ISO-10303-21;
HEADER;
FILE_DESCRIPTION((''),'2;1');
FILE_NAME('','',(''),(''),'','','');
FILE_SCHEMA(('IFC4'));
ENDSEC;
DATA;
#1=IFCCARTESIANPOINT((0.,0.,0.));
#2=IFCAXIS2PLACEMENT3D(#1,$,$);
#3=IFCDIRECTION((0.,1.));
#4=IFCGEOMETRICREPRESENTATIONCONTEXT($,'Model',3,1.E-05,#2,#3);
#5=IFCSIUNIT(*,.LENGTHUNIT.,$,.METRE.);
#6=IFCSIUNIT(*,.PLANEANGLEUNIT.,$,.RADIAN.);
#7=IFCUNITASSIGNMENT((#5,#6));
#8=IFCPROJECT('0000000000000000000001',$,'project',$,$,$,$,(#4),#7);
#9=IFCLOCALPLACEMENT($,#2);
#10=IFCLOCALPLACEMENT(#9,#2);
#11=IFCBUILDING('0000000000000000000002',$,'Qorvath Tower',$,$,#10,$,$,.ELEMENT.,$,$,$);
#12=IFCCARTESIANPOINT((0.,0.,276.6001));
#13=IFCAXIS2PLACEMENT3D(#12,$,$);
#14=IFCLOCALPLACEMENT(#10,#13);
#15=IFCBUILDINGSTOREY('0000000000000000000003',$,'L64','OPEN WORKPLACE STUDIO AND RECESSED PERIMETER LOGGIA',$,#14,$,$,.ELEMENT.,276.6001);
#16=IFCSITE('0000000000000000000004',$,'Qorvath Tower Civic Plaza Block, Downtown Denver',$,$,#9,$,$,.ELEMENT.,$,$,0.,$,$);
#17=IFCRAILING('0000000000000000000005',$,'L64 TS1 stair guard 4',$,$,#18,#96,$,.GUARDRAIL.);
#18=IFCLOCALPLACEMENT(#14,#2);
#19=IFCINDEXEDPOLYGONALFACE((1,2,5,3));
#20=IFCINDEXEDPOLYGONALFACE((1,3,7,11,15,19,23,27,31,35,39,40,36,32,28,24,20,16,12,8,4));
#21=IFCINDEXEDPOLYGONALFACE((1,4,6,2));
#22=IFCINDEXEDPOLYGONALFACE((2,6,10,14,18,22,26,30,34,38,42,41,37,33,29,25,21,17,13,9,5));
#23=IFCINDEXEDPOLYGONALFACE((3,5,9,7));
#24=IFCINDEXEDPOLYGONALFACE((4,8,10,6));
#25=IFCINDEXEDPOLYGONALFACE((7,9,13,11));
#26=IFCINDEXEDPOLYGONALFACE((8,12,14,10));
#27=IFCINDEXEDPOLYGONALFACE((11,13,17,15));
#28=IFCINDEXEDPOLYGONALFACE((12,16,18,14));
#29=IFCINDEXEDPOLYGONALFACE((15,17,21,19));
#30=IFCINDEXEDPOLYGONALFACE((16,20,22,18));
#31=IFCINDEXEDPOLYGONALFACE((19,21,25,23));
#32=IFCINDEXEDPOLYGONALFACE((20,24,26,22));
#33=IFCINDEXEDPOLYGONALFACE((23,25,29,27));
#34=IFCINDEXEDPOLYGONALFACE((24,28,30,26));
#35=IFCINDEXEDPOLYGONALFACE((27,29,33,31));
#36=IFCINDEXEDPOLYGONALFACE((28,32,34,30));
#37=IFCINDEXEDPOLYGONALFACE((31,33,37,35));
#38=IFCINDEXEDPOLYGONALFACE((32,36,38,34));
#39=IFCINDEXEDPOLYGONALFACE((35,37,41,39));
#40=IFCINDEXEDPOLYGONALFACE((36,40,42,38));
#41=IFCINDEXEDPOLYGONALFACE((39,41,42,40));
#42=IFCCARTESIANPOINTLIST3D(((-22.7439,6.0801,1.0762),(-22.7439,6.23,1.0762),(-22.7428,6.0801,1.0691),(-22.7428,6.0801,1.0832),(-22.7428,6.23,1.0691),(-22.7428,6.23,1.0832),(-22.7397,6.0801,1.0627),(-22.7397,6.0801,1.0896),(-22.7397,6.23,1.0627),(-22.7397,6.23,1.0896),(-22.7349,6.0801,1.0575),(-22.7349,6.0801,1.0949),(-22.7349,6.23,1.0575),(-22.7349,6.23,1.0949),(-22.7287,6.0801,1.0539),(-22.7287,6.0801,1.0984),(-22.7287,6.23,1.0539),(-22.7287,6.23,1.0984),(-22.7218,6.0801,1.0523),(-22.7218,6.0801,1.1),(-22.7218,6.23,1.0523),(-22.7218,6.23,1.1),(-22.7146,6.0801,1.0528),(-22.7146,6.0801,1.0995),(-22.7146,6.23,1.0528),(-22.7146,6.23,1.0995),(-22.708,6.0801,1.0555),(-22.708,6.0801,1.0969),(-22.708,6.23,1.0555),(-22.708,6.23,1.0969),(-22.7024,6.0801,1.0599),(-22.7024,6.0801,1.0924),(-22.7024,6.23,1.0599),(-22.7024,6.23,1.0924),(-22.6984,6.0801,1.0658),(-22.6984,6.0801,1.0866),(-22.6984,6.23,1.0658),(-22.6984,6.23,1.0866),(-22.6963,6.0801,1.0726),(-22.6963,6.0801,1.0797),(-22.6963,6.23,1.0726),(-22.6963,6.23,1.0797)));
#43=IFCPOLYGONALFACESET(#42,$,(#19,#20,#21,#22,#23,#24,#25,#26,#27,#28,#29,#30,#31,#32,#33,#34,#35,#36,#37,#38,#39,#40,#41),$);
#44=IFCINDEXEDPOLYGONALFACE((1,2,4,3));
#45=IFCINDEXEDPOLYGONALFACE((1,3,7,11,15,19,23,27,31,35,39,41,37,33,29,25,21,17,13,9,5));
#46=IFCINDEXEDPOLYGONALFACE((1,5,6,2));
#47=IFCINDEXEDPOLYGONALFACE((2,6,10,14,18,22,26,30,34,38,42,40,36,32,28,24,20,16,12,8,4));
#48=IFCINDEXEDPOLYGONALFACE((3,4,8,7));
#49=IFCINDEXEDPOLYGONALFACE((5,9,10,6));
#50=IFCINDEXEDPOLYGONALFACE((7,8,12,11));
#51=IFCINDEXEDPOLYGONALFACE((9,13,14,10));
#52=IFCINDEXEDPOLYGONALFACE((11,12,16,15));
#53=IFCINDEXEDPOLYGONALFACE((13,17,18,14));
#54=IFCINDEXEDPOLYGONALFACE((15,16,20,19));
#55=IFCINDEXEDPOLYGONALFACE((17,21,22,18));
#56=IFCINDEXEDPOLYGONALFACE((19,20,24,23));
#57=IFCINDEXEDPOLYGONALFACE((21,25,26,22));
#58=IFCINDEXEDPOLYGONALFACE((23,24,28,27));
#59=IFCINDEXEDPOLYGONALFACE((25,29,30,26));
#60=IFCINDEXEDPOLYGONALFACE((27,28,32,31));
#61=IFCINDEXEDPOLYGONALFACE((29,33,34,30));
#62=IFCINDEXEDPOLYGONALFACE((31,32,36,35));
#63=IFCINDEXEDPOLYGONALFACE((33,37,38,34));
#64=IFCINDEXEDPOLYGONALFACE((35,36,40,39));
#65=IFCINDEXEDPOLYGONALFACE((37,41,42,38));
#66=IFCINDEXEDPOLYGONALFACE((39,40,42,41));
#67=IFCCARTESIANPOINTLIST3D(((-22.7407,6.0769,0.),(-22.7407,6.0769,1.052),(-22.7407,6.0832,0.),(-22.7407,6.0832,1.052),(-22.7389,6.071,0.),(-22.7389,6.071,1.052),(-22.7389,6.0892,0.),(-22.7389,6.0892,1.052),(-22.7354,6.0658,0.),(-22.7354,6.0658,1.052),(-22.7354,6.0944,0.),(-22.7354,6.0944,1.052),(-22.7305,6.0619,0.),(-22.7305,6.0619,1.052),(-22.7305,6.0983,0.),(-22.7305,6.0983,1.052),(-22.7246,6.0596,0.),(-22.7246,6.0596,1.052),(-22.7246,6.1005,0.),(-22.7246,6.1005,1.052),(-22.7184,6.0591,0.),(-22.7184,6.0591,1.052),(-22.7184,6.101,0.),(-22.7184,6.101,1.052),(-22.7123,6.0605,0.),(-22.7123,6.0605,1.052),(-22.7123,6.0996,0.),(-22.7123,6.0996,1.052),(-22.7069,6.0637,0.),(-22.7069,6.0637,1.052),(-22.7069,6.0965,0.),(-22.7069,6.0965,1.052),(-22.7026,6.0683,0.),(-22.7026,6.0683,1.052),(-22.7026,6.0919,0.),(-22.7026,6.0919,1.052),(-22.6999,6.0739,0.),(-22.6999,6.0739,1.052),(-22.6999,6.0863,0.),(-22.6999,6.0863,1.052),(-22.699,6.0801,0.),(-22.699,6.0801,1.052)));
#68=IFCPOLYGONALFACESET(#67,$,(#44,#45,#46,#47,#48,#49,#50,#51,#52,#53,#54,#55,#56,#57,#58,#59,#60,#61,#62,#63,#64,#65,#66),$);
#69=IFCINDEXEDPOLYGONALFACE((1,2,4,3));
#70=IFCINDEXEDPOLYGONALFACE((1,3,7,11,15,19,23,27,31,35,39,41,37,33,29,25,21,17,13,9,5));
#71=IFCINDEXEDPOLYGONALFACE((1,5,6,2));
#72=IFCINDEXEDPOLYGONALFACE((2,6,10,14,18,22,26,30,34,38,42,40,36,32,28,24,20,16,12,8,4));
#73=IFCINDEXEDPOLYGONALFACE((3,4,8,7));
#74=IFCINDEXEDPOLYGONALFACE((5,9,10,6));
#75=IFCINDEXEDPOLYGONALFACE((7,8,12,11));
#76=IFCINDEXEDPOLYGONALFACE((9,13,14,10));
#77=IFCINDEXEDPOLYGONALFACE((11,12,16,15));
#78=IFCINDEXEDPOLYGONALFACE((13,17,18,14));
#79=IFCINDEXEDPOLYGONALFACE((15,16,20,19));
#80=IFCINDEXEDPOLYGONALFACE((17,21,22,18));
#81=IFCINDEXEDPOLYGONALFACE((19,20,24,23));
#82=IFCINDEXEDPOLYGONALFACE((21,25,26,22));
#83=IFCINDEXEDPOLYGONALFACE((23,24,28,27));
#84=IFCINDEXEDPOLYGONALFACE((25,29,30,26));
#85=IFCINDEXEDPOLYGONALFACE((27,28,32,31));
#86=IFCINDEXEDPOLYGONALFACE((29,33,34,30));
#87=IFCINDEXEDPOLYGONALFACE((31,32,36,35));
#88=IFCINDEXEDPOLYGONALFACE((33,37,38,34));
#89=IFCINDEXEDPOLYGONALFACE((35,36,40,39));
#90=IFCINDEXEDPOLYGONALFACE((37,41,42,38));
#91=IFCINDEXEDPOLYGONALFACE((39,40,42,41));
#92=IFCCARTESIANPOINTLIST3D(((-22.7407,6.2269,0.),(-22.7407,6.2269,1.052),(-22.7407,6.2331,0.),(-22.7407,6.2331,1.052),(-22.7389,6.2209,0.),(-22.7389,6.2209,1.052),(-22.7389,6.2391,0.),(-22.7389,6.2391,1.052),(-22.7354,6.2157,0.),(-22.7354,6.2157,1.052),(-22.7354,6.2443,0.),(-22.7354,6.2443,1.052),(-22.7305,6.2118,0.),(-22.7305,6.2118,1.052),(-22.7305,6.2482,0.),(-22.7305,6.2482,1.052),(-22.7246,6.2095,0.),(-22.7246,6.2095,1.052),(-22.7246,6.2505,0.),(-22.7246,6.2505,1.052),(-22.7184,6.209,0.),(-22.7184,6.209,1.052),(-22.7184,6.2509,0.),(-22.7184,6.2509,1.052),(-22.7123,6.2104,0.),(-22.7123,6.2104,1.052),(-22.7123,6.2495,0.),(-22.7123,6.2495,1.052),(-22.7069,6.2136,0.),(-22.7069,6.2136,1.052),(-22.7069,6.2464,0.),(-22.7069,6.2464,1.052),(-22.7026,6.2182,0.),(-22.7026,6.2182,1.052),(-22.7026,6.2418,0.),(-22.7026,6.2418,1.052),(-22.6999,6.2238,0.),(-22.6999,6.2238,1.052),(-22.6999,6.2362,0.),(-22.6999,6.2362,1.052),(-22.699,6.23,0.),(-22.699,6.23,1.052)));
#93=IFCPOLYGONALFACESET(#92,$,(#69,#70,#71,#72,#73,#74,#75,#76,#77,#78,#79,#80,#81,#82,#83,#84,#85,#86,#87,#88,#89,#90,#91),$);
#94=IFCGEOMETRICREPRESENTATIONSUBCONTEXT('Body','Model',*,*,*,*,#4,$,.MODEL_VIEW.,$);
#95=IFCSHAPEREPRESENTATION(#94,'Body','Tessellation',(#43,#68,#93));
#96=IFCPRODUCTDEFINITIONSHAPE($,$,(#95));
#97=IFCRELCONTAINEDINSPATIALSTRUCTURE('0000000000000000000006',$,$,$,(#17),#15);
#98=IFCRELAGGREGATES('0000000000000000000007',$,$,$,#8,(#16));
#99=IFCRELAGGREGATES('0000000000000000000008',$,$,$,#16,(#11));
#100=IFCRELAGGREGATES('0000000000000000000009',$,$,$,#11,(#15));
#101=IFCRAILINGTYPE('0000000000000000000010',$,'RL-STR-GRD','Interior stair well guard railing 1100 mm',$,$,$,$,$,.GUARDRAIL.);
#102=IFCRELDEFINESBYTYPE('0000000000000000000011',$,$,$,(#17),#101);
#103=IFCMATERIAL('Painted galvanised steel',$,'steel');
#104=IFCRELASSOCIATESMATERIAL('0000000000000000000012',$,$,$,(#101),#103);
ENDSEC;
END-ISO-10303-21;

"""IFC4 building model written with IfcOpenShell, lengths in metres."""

from ifc_helpers import new_model, si_unit, direction, frame, origin, origin_2d, place, context, subcontext, project, spatial, circle, extrude, material, type_object, element, save


model = new_model("IFC4")

# Units and contexts
model_context = context("Model", 3, precision=1e-05, world=origin(), true_north=direction((0.0, 1.0)))
body_context = subcontext(model_context, "Body", "Model", "MODEL_VIEW")
ifc_project = project(units=[si_unit("LENGTHUNIT", "METRE"), si_unit("PLANEANGLEUNIT", "RADIAN")], contexts=[model_context])

# Site, building, storey
site_placement = place(None, origin())
site = spatial("IfcSite", under=ifc_project, at=site_placement, Name="Qorvath Tower Civic Plaza Block, Downtown Denver", CompositionType="ELEMENT", RefElevation=0.0)
building_placement = place(site_placement, origin())
building = spatial("IfcBuilding", under=site, at=building_placement, Name="Qorvath Tower", CompositionType="ELEMENT")
storey_placement = place(building_placement, frame((0.0, 0.0, 276.6001)))
storey = spatial("IfcBuildingStorey", under=building, at=storey_placement, Name="L64", Description="OPEN WORKPLACE STUDIO AND RECESSED PERIMETER LOGGIA", CompositionType="ELEMENT", Elevation=276.6001)

# Railing
ifc_material_1 = material(Name="Painted galvanised steel", Category="steel")
railing_type_1 = type_object("IfcRailingType", Name="RL-STR-GRD", Description="Interior stair well guard railing 1100 mm", PredefinedType="GUARDRAIL", material=ifc_material_1)
railing_1_placement = place(storey_placement, frame((-22.72, 6.0801, 0.0)))
element("IfcRailing", 1, at=railing_1_placement, inside=storey, type_object=railing_type_1, Name="L64 TS1 stair guard 4", PredefinedType="GUARDRAIL", context=body_context, shape_type="SweptSolid", body=[
    extrude(circle(Radius=0.0239, at=origin_2d()), frame((0.0, 0.0, 1.0762), z_axis=(0.0, 1.0, 0.0), x_axis=(-1.0, 0.0, 0.0)), (0.0, 0.0, 1.0), 0.1499),
    extrude(circle(Radius=0.021, at=origin_2d()), origin(), (0.0, 0.0, 1.0), 1.052),
    extrude(circle(Radius=0.021, at=origin_2d()), frame((0.0, 0.1499, 0.0)), (0.0, 0.0, 1.0), 1.052),
])

save(model, "model.ifc")
